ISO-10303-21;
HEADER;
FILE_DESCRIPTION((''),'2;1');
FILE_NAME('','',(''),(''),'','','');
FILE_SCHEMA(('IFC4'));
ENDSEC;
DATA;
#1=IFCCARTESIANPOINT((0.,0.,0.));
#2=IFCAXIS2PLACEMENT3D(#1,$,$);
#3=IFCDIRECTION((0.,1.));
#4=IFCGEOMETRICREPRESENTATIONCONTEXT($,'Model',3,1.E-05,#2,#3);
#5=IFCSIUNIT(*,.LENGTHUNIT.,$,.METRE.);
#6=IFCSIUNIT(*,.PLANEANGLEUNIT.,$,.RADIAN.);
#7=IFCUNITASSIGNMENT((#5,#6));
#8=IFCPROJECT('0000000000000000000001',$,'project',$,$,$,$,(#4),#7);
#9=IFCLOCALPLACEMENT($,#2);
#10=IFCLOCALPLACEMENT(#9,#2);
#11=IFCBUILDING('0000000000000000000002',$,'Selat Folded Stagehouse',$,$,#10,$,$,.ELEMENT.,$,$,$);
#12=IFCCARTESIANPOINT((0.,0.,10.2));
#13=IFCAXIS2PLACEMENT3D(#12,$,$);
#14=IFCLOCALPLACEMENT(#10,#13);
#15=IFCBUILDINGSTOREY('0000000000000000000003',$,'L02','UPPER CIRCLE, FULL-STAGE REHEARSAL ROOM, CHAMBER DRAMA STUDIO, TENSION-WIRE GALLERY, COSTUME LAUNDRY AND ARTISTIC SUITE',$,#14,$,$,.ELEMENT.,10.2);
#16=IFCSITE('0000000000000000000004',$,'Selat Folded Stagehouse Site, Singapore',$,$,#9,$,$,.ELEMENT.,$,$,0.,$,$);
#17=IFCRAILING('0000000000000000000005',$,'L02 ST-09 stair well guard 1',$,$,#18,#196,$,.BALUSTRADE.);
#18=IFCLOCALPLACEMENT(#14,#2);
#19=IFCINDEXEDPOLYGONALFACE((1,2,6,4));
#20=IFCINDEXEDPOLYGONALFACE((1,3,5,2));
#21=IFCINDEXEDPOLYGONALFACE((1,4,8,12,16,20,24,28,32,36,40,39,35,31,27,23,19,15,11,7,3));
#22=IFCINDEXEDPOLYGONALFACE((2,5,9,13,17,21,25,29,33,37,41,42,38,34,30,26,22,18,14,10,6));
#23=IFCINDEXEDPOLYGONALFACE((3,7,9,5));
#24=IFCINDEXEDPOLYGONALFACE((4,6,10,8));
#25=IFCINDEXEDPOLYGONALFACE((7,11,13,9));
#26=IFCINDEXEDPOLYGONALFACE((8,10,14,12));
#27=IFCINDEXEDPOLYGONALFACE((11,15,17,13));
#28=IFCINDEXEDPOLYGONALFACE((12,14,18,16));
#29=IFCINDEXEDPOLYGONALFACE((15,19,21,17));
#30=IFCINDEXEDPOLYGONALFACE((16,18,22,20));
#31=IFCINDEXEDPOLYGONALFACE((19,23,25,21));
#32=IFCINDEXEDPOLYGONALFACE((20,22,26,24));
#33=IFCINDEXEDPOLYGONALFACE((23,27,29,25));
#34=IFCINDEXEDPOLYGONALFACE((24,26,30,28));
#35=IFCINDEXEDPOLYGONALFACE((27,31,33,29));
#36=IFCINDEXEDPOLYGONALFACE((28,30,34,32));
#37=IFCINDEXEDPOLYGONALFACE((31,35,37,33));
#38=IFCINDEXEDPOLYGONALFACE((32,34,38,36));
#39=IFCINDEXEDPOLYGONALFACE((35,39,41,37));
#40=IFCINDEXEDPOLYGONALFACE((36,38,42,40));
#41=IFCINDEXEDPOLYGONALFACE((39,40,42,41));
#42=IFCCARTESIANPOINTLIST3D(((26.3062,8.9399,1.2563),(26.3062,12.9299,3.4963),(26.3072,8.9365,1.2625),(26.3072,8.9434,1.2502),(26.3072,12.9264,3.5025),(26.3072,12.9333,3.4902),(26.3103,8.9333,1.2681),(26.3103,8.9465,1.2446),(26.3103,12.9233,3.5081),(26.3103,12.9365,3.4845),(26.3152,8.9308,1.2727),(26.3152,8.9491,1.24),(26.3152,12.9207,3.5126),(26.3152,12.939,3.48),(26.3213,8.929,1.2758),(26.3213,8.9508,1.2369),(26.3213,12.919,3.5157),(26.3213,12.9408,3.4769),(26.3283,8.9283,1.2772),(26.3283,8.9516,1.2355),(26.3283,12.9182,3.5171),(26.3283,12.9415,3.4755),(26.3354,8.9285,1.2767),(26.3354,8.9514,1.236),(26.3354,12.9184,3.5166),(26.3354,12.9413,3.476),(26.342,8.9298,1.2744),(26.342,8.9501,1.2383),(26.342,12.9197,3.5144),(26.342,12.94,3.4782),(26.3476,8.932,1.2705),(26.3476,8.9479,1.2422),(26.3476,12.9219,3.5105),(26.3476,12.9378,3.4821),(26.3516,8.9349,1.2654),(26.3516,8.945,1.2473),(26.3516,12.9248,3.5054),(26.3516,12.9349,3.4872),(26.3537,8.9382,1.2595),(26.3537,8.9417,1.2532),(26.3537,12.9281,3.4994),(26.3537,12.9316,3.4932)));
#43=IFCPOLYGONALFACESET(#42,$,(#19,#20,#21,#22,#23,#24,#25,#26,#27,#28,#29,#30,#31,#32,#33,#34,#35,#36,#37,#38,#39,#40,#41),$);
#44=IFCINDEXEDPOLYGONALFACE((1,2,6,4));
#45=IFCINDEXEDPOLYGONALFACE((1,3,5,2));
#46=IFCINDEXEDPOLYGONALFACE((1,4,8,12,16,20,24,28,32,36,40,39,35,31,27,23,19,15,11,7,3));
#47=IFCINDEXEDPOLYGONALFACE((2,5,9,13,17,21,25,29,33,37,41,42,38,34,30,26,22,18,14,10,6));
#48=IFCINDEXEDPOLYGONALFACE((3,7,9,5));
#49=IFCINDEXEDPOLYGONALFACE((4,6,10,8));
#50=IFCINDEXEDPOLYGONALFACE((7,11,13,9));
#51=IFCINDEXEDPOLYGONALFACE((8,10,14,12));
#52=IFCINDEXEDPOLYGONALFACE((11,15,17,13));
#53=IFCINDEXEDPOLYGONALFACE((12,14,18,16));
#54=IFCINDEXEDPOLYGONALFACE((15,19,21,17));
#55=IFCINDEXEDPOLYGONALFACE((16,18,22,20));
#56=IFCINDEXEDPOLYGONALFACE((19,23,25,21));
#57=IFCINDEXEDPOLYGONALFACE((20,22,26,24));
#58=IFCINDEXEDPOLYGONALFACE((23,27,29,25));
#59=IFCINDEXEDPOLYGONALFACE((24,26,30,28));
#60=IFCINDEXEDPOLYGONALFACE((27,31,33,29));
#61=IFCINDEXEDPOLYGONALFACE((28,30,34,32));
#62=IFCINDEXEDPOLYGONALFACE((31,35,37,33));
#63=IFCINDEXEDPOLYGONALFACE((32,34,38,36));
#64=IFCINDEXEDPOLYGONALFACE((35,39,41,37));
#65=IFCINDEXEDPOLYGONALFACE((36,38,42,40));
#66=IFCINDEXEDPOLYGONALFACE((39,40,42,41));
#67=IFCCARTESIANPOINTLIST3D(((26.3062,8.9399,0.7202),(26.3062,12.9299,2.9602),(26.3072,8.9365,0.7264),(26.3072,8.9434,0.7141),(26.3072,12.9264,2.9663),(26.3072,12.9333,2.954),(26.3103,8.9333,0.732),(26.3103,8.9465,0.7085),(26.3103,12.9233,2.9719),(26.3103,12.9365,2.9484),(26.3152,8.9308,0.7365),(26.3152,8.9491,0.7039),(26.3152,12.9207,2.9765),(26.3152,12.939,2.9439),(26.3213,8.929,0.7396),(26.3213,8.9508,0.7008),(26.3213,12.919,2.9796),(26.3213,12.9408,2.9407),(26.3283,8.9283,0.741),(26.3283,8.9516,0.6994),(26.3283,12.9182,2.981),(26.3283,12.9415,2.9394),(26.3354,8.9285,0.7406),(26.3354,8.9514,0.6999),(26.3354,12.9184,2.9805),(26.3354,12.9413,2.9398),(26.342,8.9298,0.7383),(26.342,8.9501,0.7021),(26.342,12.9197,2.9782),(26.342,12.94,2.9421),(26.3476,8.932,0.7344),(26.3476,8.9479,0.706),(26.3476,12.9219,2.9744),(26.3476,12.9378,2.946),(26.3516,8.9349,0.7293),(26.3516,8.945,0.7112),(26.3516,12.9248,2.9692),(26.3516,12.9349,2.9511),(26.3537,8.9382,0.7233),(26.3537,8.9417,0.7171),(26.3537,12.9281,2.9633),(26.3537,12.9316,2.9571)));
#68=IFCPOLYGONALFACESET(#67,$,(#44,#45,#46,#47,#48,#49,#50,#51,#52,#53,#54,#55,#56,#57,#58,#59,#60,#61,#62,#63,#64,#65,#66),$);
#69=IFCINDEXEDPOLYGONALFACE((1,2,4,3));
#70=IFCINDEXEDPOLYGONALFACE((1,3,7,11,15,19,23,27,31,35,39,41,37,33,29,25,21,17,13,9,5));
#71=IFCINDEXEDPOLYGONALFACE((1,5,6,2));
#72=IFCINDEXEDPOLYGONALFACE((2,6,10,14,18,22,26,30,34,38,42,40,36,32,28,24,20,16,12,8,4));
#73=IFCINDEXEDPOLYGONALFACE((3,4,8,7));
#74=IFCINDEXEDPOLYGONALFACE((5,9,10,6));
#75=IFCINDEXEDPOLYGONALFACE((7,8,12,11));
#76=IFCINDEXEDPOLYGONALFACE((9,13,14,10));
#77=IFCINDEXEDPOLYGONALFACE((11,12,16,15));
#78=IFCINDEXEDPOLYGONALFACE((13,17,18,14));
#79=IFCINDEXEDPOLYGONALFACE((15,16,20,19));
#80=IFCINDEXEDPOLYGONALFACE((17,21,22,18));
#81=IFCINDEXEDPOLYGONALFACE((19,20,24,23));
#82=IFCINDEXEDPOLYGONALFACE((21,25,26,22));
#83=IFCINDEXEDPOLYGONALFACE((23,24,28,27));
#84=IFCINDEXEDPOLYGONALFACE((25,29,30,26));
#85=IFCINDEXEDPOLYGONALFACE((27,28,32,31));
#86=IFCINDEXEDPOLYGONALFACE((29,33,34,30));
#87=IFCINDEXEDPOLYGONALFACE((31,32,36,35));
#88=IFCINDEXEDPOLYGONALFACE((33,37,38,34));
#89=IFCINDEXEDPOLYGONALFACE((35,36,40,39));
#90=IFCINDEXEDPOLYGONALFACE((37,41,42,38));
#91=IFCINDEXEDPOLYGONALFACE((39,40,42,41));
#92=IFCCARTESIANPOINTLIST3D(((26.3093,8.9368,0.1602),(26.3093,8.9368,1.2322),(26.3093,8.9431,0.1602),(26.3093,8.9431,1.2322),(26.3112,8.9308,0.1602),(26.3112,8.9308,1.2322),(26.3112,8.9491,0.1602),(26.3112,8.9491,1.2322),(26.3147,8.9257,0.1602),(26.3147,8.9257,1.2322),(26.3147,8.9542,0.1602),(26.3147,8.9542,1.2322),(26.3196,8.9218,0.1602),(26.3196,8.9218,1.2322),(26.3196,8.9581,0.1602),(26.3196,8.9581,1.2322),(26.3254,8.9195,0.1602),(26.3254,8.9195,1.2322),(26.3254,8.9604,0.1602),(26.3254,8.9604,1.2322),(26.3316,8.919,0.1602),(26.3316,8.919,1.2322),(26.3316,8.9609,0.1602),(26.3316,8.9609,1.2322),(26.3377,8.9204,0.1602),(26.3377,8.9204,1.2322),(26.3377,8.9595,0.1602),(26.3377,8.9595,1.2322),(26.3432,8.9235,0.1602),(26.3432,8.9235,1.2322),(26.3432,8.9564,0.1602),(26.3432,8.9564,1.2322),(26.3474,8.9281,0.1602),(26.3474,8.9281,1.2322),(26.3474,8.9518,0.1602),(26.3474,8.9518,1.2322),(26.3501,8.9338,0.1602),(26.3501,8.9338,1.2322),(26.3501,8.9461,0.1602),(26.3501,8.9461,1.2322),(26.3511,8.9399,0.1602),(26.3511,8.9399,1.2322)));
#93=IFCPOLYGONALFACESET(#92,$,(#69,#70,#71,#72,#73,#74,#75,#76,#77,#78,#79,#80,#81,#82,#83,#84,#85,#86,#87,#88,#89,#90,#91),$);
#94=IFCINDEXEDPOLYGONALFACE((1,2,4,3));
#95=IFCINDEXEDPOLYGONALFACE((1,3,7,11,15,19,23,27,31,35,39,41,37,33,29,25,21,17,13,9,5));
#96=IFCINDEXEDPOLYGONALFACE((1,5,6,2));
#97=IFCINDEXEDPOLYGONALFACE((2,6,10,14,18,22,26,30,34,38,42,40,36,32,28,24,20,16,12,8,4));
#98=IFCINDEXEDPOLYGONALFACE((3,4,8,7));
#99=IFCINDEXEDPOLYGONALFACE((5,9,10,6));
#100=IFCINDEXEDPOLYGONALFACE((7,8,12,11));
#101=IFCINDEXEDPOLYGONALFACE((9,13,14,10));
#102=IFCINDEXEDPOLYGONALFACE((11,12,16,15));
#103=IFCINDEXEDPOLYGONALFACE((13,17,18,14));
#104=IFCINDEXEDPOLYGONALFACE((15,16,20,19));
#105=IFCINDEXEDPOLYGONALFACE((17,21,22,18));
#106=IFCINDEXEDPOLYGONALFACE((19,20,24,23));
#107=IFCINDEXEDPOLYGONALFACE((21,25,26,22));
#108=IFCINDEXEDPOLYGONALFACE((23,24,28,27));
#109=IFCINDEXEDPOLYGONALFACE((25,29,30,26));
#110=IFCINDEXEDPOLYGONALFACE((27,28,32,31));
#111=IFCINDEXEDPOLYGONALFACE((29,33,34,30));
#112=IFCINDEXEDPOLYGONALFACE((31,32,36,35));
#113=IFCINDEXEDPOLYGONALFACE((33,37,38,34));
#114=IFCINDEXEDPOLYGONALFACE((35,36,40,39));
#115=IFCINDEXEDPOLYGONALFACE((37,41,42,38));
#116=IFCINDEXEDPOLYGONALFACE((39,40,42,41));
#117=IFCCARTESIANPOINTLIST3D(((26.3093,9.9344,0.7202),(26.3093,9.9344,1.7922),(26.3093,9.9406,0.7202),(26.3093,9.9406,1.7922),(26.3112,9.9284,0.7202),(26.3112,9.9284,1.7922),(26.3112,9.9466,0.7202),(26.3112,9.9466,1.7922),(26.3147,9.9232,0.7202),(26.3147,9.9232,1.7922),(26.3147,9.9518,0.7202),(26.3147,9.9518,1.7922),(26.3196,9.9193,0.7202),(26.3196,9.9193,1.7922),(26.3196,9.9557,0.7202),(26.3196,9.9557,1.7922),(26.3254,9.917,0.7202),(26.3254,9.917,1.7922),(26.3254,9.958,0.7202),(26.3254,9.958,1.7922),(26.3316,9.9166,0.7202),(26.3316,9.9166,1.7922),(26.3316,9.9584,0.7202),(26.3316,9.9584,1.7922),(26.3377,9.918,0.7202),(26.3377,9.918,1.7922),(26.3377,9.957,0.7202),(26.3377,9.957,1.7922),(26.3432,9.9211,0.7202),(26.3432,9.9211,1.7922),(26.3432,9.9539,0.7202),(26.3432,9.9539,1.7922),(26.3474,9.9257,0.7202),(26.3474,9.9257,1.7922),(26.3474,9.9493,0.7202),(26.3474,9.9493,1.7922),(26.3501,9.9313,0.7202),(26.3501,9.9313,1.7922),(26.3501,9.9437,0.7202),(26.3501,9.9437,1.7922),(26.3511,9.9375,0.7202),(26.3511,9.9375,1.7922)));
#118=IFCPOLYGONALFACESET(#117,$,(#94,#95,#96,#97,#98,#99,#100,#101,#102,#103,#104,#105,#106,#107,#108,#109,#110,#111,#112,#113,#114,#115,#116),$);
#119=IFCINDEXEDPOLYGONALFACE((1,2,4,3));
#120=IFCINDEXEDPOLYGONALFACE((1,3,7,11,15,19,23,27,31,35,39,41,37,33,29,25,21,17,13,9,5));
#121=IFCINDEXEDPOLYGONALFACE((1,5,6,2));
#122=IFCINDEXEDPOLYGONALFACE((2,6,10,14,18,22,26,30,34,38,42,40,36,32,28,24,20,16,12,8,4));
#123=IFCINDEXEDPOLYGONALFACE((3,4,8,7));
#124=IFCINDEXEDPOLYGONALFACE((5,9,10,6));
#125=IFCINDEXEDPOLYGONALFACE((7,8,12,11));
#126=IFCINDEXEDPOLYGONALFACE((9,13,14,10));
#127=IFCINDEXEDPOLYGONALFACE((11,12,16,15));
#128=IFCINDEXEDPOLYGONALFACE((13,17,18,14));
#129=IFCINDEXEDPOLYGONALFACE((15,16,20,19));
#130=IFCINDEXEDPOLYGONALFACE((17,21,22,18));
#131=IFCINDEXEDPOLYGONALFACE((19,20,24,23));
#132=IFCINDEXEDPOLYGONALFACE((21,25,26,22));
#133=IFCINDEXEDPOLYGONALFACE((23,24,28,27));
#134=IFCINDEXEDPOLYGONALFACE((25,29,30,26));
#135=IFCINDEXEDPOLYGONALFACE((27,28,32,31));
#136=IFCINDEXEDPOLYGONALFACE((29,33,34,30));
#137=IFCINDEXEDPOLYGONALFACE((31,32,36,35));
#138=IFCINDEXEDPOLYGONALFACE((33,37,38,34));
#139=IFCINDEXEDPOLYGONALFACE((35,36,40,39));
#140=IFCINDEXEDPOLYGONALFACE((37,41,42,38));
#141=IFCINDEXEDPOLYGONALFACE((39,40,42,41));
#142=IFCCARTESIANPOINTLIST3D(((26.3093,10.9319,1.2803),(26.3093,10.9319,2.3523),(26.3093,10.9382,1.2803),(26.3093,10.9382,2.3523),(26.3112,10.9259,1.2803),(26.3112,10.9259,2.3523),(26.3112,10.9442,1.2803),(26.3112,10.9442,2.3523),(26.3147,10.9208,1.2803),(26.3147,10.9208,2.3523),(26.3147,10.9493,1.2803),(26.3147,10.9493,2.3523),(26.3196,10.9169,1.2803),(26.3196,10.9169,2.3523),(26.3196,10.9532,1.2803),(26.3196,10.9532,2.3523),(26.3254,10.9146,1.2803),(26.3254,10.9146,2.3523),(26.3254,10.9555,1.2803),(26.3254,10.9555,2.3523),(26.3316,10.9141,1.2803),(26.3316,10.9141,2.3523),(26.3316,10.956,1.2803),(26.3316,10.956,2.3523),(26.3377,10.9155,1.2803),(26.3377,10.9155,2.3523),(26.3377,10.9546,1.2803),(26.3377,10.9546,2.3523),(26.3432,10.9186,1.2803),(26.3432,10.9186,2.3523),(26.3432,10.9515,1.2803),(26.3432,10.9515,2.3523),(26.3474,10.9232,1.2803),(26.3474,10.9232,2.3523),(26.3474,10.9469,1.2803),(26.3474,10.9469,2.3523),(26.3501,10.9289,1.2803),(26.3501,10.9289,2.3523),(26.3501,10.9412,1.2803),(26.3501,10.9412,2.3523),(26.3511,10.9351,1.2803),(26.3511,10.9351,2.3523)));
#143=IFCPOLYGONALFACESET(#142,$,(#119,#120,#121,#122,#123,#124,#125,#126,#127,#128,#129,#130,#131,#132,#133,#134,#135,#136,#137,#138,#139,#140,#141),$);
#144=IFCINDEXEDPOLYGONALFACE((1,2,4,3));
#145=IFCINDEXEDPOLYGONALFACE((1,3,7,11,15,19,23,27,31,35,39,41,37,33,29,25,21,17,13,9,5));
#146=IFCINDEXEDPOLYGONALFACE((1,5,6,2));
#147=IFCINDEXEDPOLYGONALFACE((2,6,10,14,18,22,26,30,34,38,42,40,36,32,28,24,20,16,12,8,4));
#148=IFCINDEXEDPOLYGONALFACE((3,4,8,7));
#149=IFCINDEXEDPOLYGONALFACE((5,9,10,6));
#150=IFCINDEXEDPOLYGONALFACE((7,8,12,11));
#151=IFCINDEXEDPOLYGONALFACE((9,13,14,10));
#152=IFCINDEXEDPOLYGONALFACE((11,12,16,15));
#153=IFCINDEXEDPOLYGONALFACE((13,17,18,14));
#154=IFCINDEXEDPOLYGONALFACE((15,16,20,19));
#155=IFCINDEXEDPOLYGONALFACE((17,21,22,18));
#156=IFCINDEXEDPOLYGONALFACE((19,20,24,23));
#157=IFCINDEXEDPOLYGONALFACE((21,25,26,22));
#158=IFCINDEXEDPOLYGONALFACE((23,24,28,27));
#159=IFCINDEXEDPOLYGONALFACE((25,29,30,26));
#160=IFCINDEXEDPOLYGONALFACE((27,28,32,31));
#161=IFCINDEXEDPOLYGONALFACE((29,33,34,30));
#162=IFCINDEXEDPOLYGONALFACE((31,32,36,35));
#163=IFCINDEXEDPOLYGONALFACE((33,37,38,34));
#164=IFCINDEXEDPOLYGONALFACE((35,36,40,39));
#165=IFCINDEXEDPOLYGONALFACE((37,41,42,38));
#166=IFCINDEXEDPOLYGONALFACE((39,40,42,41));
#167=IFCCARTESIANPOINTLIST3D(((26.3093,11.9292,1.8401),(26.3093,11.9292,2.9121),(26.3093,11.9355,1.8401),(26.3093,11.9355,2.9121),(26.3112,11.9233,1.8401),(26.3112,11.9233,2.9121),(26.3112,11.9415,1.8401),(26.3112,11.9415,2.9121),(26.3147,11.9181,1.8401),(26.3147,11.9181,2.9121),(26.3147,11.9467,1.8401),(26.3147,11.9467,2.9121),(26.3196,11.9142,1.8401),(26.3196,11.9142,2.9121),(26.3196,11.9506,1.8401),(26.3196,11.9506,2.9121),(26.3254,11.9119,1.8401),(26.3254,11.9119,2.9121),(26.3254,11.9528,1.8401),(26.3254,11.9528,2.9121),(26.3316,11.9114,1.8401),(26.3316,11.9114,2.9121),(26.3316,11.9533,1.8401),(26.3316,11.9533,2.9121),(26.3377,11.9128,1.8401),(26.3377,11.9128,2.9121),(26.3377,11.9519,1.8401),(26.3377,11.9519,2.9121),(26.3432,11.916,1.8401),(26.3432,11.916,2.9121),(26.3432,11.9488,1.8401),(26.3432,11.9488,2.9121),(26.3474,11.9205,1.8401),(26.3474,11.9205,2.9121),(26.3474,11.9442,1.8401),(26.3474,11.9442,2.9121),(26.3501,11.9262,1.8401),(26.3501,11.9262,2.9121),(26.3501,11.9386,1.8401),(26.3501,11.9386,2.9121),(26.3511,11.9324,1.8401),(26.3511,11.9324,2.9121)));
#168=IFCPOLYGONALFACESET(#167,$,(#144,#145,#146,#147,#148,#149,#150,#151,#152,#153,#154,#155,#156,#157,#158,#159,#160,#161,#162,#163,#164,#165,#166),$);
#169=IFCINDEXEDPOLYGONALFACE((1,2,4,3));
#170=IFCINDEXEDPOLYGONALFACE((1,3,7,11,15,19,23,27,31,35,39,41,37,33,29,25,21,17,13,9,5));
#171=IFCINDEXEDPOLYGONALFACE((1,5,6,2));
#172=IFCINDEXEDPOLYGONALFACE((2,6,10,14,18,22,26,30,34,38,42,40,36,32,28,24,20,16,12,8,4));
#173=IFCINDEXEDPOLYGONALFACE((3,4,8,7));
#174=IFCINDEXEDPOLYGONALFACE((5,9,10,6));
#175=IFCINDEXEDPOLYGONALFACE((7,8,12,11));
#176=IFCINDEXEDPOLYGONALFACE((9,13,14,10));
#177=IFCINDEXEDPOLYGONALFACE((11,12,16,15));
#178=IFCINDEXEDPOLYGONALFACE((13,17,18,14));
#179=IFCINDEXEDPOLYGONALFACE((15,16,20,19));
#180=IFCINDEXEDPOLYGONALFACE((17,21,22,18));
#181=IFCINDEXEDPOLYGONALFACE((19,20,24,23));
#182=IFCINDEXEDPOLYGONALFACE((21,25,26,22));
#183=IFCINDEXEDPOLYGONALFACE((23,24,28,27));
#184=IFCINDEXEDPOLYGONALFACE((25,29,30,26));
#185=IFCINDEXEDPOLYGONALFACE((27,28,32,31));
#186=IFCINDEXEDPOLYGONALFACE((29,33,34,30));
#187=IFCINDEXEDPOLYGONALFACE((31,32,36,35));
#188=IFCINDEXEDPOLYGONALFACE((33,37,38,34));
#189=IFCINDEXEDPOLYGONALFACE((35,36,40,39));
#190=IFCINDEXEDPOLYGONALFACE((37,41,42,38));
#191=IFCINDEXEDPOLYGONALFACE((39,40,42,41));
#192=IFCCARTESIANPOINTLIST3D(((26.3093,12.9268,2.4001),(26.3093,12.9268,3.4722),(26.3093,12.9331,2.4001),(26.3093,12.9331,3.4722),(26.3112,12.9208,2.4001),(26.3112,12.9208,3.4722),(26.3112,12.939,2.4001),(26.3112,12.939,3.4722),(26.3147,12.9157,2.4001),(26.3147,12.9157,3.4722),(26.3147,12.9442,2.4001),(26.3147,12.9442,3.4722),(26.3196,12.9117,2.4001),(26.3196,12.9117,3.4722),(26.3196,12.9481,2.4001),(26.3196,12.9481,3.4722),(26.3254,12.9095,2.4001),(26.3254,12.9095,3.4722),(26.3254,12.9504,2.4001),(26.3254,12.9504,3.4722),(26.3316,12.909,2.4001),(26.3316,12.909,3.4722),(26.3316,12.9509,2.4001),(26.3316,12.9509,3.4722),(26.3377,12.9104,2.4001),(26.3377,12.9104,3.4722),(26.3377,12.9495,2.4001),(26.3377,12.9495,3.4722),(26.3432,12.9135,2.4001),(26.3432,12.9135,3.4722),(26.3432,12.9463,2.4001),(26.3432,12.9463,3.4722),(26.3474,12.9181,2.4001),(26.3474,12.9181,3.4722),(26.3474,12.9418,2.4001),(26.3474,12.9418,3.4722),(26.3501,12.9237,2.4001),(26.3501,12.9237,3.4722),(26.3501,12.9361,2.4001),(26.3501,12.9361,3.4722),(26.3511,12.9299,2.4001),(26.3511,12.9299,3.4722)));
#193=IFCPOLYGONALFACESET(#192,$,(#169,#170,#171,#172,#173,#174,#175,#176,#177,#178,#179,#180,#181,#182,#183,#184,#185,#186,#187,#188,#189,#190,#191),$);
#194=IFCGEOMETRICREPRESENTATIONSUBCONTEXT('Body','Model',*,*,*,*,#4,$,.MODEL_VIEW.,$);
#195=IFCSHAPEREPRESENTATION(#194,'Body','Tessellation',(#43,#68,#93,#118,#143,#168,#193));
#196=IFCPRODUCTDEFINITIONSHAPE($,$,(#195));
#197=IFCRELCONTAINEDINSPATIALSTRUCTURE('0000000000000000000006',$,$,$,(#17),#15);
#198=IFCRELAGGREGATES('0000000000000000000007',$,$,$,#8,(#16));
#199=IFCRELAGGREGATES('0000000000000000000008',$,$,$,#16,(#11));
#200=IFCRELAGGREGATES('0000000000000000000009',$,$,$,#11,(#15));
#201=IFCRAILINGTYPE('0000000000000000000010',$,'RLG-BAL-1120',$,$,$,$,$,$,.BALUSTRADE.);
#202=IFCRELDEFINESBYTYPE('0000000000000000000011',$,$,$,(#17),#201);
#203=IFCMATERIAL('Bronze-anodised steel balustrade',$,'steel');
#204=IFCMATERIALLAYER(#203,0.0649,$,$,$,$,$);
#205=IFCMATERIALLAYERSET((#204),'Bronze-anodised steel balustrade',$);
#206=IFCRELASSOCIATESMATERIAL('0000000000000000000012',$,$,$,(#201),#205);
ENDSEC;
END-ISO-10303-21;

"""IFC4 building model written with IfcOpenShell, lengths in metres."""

from ifc_helpers import new_model, si_unit, direction, frame, origin, origin_2d, place, context, subcontext, project, spatial, circle, extrude, material, layer, layer_set, type_object, element, save


model = new_model("IFC4")

# Units and contexts
model_context = context("Model", 3, precision=1e-05, world=origin(), true_north=direction((0.0, 1.0)))
body_context = subcontext(model_context, "Body", "Model", "MODEL_VIEW")
ifc_project = project(units=[si_unit("LENGTHUNIT", "METRE"), si_unit("PLANEANGLEUNIT", "RADIAN")], contexts=[model_context])

# Site, building, storey
site_placement = place(None, origin())
site = spatial("IfcSite", under=ifc_project, at=site_placement, Name="Selat Folded Stagehouse Site, Singapore", CompositionType="ELEMENT", RefElevation=0.0)
building_placement = place(site_placement, origin())
building = spatial("IfcBuilding", under=site, at=building_placement, Name="Selat Folded Stagehouse", CompositionType="ELEMENT")
storey_placement = place(building_placement, frame((0.0, 0.0, 10.2)))
storey = spatial("IfcBuildingStorey", under=building, at=storey_placement, Name="L02", Description="UPPER CIRCLE, FULL-STAGE REHEARSAL ROOM, CHAMBER DRAMA STUDIO, TENSION-WIRE GALLERY, COSTUME LAUNDRY AND ARTISTIC SUITE", CompositionType="ELEMENT", Elevation=10.2)

# Railing
ifc_material_1 = material(Name="Bronze-anodised steel balustrade", Category="steel")
ifc_layer_1 = layer(ifc_material_1, 0.0649)
ifc_layer_set_1 = layer_set([ifc_layer_1], Name="Bronze-anodised steel balustrade")
railing_type_1 = type_object("IfcRailingType", Name="RLG-BAL-1120", PredefinedType="BALUSTRADE", material=ifc_layer_set_1)
railing_1_placement = place(storey_placement, frame((26.3301, 8.9399, 0.1602)))
element("IfcRailing", 1, at=railing_1_placement, inside=storey, type_object=railing_type_1, Name="L02 ST-09 stair well guard 1", PredefinedType="BALUSTRADE", context=body_context, shape_type="SweptSolid", body=[
    extrude(circle(Radius=0.0239, at=origin_2d()), frame((0.0, 0.0, 1.0962), z_axis=(0.0, 0.871984, 0.489534), x_axis=(-1.0, 0.0, 0.0)), (0.0, 0.0, 1.0), 4.5757),
    extrude(circle(Radius=0.0239, at=origin_2d()), frame((0.0, 0.0, 0.5601), z_axis=(0.0, 0.871984, 0.489534), x_axis=(-1.0, 0.0, 0.0)), (0.0, 0.0, 1.0), 4.5757),
    extrude(circle(Radius=0.021, at=origin_2d()), origin(), (0.0, 0.0, 1.0), 1.072),
    extrude(circle(Radius=0.021, at=origin_2d()), frame((0.0, 0.9976, 0.5601)), (0.0, 0.0, 1.0), 1.072),
    extrude(circle(Radius=0.021, at=origin_2d()), frame((0.0, 1.9951, 1.1201)), (0.0, 0.0, 1.0), 1.072),
    extrude(circle(Radius=0.021, at=origin_2d()), frame((0.0, 2.9924, 1.6799)), (0.0, 0.0, 1.0), 1.072),
    extrude(circle(Radius=0.021, at=origin_2d()), frame((0.0, 3.99, 2.24)), (0.0, 0.0, 1.0), 1.072),
])

save(model, "model.ifc")
